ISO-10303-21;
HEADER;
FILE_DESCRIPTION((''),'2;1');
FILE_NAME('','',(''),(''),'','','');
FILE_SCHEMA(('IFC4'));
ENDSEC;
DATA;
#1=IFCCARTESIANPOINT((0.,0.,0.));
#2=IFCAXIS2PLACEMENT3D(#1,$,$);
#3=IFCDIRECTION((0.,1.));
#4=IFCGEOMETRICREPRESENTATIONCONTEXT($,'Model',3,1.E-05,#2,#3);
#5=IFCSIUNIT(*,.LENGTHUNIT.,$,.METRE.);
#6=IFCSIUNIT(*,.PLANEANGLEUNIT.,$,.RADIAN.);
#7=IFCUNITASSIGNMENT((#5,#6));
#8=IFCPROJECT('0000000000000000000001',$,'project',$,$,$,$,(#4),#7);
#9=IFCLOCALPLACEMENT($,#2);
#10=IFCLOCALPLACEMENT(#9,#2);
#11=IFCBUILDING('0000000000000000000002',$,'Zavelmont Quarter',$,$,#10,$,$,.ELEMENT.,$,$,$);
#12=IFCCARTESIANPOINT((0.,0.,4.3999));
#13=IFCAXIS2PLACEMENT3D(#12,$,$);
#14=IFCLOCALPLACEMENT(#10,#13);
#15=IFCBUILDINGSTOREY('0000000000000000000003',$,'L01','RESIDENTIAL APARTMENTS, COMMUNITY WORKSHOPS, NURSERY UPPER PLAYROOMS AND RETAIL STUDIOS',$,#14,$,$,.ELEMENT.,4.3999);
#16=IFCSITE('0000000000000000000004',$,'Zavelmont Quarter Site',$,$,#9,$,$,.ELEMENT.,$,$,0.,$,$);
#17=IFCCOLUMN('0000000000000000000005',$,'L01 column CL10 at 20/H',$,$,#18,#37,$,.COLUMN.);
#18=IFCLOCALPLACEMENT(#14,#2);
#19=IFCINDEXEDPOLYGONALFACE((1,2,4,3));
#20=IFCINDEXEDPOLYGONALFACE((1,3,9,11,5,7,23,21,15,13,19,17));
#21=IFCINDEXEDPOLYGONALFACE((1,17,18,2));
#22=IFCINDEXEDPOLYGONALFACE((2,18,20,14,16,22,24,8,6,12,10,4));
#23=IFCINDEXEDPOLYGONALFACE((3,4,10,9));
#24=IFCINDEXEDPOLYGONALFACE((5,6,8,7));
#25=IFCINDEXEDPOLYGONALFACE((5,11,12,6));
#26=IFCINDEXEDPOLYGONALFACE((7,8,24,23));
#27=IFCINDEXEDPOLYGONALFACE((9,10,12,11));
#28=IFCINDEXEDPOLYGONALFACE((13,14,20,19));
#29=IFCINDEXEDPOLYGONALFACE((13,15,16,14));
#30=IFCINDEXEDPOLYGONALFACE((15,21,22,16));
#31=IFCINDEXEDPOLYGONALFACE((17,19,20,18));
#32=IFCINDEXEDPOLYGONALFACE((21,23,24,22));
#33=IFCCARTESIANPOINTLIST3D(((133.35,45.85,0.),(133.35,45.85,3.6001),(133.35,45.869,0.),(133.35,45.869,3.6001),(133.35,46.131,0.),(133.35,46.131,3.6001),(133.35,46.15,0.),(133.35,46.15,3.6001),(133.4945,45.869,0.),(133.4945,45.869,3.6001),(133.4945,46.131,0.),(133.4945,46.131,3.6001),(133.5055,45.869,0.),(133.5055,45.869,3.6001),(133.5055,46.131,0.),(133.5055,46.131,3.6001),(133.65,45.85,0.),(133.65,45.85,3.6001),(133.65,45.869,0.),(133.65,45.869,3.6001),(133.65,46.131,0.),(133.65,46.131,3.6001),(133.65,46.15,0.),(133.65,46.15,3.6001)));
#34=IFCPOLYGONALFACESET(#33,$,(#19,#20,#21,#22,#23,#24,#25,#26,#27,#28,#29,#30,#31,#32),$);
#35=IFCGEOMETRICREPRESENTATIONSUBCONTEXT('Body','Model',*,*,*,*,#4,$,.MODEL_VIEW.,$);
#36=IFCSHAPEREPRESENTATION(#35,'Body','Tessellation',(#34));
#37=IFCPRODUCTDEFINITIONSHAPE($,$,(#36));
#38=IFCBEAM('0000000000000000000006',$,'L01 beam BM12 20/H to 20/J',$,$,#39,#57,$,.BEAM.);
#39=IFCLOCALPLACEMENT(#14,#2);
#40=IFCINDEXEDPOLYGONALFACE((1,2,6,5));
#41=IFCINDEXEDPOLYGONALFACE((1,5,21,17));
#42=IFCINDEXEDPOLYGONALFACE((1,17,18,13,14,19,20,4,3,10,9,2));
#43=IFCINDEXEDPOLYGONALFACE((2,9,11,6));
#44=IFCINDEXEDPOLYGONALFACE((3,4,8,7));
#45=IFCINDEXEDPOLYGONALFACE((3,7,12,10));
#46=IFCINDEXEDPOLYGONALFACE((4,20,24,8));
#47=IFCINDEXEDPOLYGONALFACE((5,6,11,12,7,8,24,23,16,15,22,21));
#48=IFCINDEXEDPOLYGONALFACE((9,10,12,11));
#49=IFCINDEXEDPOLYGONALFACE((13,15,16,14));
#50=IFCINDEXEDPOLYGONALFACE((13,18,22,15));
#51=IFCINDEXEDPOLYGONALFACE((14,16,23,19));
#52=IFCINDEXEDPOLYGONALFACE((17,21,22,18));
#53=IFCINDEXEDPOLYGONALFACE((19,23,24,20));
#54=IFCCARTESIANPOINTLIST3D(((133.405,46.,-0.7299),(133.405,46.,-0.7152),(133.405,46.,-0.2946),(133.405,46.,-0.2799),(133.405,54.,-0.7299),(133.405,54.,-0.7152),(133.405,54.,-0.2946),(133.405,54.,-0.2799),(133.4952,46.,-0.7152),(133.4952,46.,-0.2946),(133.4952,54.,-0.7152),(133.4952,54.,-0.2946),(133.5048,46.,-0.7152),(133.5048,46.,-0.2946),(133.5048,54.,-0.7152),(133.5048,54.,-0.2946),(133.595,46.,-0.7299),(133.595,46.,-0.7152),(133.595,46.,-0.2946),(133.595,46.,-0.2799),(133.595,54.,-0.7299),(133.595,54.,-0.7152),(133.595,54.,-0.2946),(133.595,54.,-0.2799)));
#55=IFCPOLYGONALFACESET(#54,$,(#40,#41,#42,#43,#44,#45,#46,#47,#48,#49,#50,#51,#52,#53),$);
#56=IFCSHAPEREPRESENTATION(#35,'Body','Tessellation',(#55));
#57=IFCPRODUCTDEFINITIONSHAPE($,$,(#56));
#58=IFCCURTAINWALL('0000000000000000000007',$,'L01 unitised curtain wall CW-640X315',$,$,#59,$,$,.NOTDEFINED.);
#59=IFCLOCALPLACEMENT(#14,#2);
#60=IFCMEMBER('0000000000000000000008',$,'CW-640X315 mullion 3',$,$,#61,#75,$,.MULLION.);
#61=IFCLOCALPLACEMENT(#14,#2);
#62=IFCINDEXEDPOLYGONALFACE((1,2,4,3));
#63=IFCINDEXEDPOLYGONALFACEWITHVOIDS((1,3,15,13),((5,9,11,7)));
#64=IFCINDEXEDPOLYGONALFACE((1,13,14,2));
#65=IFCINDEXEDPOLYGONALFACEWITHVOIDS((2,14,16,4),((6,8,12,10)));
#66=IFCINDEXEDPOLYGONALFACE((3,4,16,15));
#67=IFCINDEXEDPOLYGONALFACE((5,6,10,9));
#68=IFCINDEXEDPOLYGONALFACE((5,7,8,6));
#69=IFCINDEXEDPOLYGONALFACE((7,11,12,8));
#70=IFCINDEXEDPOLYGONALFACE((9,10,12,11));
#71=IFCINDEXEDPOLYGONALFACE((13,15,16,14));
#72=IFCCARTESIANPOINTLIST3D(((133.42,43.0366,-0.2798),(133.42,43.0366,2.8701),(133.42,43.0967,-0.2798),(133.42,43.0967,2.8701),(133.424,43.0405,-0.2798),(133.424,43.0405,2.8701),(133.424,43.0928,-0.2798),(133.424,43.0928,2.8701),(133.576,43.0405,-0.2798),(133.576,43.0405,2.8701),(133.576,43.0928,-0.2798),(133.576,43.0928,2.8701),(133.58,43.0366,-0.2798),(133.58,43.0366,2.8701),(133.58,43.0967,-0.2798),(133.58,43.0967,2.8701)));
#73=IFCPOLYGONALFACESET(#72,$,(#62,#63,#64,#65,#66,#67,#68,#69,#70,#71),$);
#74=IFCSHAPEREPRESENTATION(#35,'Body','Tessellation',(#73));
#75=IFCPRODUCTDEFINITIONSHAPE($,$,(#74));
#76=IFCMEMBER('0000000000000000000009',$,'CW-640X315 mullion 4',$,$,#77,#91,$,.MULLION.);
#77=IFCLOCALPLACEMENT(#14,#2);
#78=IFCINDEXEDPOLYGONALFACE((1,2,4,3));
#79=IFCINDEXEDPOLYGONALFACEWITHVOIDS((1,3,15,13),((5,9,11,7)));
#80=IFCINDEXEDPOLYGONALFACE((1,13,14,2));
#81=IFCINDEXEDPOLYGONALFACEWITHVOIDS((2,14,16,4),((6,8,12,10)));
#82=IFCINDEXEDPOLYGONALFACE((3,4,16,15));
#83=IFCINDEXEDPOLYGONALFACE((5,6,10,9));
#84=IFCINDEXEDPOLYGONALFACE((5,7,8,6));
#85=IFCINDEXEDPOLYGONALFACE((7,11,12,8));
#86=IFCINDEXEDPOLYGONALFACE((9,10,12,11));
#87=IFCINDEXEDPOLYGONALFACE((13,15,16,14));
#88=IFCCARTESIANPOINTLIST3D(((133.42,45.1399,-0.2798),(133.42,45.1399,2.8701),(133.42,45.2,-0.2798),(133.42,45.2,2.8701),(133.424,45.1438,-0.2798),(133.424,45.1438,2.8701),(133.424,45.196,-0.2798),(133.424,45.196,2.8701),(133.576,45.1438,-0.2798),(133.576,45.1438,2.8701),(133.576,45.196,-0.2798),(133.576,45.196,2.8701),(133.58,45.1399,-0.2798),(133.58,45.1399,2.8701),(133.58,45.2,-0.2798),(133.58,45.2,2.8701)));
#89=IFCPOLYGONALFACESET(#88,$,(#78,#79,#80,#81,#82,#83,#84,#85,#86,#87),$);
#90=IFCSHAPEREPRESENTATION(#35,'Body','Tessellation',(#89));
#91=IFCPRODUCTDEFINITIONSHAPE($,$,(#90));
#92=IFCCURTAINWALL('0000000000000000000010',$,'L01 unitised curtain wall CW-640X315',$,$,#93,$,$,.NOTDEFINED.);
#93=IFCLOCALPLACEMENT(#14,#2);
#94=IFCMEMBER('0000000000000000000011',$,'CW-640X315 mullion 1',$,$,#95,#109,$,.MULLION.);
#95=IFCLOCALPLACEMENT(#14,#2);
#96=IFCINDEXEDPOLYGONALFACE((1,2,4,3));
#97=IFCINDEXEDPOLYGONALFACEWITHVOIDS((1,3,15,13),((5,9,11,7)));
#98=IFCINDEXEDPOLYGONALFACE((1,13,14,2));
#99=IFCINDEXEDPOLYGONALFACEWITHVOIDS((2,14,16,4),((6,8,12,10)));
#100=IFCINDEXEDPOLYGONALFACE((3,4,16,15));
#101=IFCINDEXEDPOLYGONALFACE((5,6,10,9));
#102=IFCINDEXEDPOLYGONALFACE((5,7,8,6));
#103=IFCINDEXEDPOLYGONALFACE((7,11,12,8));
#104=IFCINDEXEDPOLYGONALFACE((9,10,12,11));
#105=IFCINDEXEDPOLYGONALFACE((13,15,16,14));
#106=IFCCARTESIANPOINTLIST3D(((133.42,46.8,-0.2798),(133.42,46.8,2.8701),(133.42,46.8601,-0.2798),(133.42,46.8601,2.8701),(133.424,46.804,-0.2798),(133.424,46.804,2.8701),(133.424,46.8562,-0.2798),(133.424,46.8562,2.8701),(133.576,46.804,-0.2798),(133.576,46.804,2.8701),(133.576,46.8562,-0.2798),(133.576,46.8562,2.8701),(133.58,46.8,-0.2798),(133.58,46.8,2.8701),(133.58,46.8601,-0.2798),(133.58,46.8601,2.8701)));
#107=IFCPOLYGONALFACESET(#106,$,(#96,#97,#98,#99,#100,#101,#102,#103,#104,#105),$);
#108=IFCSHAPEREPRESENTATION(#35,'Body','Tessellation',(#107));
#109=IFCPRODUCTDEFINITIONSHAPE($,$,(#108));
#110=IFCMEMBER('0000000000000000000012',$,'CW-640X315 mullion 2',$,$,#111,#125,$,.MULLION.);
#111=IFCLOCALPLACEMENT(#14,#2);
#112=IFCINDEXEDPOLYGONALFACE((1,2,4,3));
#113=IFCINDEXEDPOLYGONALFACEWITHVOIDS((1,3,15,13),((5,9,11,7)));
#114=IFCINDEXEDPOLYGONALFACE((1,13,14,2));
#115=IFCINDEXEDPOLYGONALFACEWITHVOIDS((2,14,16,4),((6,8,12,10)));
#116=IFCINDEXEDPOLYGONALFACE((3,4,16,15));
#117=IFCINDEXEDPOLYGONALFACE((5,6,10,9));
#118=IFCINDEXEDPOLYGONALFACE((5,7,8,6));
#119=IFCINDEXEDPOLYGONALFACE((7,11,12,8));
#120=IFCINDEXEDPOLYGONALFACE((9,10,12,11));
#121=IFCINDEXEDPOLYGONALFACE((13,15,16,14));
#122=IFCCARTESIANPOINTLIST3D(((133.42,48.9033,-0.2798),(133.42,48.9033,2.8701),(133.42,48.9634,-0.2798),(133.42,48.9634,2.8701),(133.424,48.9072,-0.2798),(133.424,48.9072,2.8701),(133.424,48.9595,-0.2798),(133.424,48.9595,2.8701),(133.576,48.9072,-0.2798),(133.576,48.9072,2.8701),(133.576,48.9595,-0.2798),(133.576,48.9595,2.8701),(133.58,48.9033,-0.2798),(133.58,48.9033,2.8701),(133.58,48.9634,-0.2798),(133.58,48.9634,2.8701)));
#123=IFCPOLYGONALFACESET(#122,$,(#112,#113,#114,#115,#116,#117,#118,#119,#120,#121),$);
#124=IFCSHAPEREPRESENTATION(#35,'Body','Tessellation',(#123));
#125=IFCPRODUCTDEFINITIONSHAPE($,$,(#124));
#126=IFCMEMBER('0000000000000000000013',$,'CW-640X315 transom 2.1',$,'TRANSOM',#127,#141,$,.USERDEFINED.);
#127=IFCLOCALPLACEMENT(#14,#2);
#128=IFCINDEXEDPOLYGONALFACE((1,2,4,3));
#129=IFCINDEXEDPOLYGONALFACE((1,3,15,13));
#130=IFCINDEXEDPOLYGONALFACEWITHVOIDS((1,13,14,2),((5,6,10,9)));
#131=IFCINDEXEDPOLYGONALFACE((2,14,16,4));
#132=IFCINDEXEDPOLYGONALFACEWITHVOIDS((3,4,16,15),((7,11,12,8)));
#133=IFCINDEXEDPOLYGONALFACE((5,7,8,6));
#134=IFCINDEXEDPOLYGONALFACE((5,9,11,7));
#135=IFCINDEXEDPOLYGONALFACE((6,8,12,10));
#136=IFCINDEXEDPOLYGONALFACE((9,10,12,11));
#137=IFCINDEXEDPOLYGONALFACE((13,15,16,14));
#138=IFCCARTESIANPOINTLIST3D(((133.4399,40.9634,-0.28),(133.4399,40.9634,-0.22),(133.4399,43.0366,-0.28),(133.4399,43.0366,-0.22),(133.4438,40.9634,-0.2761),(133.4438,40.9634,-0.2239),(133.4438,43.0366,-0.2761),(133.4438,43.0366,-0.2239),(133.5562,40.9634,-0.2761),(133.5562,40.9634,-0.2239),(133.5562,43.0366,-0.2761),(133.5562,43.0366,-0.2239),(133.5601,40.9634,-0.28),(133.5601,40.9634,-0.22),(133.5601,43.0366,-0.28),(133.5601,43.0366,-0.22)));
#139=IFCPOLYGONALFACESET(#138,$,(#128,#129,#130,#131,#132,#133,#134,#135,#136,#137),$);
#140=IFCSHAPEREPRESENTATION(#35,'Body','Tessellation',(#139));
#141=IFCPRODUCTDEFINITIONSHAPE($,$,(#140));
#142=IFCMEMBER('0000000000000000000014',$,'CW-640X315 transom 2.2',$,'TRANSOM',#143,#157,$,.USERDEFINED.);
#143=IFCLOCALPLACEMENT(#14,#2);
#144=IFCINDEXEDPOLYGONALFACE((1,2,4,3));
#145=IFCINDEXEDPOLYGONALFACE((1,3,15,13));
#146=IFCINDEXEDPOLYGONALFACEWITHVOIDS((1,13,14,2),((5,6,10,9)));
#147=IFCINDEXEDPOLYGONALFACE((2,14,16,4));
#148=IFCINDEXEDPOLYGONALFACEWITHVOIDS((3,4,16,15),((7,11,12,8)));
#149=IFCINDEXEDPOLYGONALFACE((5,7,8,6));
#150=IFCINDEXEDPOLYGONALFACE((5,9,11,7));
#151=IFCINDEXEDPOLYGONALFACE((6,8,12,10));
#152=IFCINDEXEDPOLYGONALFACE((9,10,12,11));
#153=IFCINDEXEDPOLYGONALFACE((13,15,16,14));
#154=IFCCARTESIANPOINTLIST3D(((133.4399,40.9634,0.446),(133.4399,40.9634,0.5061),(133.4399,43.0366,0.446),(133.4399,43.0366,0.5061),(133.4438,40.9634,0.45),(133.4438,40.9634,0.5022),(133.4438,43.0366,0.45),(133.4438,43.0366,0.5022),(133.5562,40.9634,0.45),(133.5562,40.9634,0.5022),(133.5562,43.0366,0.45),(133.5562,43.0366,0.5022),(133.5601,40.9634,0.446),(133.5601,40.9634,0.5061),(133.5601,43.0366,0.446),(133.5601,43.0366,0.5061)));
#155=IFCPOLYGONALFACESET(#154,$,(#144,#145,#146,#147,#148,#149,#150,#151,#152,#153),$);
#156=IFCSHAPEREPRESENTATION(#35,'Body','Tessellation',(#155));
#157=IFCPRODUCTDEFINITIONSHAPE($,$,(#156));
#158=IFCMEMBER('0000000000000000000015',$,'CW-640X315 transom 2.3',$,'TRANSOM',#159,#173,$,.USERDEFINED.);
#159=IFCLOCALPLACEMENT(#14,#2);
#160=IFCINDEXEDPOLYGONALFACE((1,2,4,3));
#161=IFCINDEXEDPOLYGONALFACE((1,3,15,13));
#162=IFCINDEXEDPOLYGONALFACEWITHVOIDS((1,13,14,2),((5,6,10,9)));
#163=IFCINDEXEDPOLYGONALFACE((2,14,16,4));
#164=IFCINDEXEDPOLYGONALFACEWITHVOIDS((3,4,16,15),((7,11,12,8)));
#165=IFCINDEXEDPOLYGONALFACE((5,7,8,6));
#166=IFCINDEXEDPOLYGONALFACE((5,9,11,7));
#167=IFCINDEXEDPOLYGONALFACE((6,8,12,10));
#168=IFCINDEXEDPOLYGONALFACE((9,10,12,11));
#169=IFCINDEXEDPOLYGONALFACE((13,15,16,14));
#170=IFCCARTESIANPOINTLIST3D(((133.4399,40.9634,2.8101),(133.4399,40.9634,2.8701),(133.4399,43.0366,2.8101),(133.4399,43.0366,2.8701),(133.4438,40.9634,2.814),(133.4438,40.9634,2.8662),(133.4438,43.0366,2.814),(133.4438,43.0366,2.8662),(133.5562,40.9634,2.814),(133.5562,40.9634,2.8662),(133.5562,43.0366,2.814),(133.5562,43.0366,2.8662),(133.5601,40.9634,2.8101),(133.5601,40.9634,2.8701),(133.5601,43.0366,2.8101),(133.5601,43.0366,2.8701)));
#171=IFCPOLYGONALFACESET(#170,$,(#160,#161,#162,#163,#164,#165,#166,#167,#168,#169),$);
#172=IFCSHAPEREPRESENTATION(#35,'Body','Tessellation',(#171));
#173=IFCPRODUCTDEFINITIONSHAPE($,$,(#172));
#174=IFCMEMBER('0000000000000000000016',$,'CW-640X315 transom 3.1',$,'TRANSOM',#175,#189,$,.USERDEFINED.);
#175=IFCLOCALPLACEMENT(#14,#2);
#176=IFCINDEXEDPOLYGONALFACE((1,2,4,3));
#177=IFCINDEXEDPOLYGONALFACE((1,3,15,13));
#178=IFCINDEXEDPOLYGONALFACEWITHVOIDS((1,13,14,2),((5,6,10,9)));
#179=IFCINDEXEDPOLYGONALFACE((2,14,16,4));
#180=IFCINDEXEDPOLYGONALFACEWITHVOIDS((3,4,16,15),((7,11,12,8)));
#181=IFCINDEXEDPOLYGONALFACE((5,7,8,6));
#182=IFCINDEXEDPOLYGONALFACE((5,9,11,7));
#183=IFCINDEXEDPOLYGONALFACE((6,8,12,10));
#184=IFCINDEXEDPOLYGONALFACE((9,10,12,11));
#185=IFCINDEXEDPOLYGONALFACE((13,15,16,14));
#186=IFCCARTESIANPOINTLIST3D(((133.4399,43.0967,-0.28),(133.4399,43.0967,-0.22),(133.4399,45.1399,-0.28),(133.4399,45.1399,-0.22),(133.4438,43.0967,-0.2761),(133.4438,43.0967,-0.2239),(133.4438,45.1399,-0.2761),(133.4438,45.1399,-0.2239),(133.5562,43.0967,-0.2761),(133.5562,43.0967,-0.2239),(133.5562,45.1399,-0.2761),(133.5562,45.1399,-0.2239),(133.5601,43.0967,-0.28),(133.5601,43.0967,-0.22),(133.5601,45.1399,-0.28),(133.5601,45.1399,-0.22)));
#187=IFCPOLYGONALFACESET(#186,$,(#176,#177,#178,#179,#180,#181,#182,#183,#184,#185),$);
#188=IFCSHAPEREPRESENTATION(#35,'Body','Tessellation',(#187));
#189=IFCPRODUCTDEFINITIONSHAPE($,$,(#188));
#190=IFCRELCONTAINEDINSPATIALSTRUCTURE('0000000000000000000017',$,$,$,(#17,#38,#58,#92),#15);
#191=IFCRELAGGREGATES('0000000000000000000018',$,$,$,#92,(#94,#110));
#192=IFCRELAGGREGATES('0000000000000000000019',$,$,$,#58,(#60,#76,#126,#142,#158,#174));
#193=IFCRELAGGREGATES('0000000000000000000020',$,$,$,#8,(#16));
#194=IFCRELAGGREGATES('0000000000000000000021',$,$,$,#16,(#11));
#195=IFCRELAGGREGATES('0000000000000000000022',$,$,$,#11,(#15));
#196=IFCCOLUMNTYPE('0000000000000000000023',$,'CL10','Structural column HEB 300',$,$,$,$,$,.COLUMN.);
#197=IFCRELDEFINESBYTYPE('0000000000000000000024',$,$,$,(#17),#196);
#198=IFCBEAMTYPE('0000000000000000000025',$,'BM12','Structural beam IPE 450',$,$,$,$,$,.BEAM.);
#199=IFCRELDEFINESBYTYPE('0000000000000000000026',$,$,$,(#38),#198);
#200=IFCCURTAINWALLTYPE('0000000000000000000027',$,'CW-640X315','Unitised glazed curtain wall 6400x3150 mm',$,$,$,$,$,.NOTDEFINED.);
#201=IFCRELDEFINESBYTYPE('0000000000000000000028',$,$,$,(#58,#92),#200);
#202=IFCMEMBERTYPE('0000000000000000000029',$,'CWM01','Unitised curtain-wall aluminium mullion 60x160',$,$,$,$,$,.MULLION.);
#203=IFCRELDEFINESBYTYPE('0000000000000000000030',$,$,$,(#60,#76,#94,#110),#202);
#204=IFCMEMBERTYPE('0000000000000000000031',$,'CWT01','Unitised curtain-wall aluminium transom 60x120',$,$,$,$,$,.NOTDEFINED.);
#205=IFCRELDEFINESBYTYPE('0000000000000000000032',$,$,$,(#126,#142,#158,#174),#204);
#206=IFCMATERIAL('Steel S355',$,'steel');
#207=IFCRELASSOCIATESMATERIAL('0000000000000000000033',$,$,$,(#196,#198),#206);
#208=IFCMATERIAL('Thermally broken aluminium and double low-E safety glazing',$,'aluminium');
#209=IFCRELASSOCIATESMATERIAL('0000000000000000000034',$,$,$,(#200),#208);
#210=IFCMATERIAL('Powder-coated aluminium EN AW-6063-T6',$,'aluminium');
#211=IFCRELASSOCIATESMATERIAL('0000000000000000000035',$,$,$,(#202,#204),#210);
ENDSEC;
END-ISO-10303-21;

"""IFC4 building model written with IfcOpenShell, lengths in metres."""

from ifc_helpers import new_model, si_unit, direction, frame, origin, origin_2d, place, context, subcontext, project, spatial, hollow_rectangle, i_section, extrude, material, material_profile, profile_set, type_object, element, aggregate, save


model = new_model("IFC4")

# Units and contexts
model_context = context("Model", 3, precision=1e-05, world=origin(), true_north=direction((0.0, 1.0)))
body_context = subcontext(model_context, "Body", "Model", "MODEL_VIEW")
ifc_project = project(units=[si_unit("LENGTHUNIT", "METRE"), si_unit("PLANEANGLEUNIT", "RADIAN")], contexts=[model_context])

# Site, building, storey
site_placement = place(None, origin())
site = spatial("IfcSite", under=ifc_project, at=site_placement, Name="Zavelmont Quarter Site", CompositionType="ELEMENT", RefElevation=0.0)
building_placement = place(site_placement, origin())
building = spatial("IfcBuilding", under=site, at=building_placement, Name="Zavelmont Quarter", CompositionType="ELEMENT")
storey_placement = place(building_placement, frame((0.0, 0.0, 4.3999)))
storey = spatial("IfcBuildingStorey", under=building, at=storey_placement, Name="L01", Description="RESIDENTIAL APARTMENTS, COMMUNITY WORKSHOPS, NURSERY UPPER PLAYROOMS AND RETAIL STUDIOS", CompositionType="ELEMENT", Elevation=4.3999)

# Column
ifc_material_1 = material(Name="Steel S355", Category="steel")
ifc_material_profile_1 = material_profile(ifc_material_1, i_section(OverallWidth=0.3, OverallDepth=0.3, WebThickness=0.011, FlangeThickness=0.019, at=origin_2d()), Name="HEB 300")
ifc_profile_set_1 = profile_set([ifc_material_profile_1], Name="Steel S355")
column_type = type_object("IfcColumnType", Name="CL10", Description="Structural column HEB 300", PredefinedType="COLUMN", material=ifc_profile_set_1)
column_placement = place(storey_placement, frame((133.5, 46.0, 0.0), z_axis=(0.0, 0.0, 1.0), x_axis=(1.0, 0.0, 0.0)))
element("IfcColumn", 1, at=column_placement, inside=storey, type_object=column_type, Name="L01 column CL10 at 20/H", PredefinedType="COLUMN", context=body_context, shape_type="SweptSolid", body=[
    extrude(i_section(OverallWidth=0.3, OverallDepth=0.3, WebThickness=0.011, FlangeThickness=0.019, at=origin_2d()), origin(), (0.0, 0.0, 1.0), 3.6001),
])

# Beam
ifc_material_profile_2 = material_profile(ifc_material_1, i_section(OverallWidth=0.1899, OverallDepth=0.45, WebThickness=0.0095, FlangeThickness=0.0146, at=origin_2d()), Name="IPE 450")
ifc_profile_set_2 = profile_set([ifc_material_profile_2], Name="Steel S355")
beam_type = type_object("IfcBeamType", Name="BM12", Description="Structural beam IPE 450", PredefinedType="BEAM", material=ifc_profile_set_2)
beam_placement = place(storey_placement, frame((133.5, 46.0, -0.5049), z_axis=(0.0, 1.0, 0.0), x_axis=(-1.0, 0.0, 0.0)))
element("IfcBeam", 2, at=beam_placement, inside=storey, type_object=beam_type, Name="L01 beam BM12 20/H to 20/J", PredefinedType="BEAM", context=body_context, shape_type="SweptSolid", body=[
    extrude(i_section(OverallWidth=0.1899, OverallDepth=0.45, WebThickness=0.0095, FlangeThickness=0.0146, at=origin_2d()), origin(), (0.0, 0.0, 1.0), 8.0),
])

# Curtain walls, members
ifc_material_2 = material(Name="Thermally broken aluminium and double low-E safety glazing", Category="aluminium")
curtain_wall_type = type_object("IfcCurtainWallType", Name="CW-640X315", Description="Unitised glazed curtain wall 6400x3150 mm", PredefinedType="NOTDEFINED", material=ifc_material_2)
curtain_wall_1_placement = place(storey_placement, origin())
curtain_wall_1 = element("IfcCurtainWall", 3, at=curtain_wall_1_placement, inside=storey, type_object=curtain_wall_type, Name="L01 unitised curtain wall CW-640X315", PredefinedType="NOTDEFINED")
ifc_material_3 = material(Name="Powder-coated aluminium EN AW-6063-T6", Category="aluminium")
ifc_material_profile_3 = material_profile(ifc_material_3, hollow_rectangle(XDim=0.0601, YDim=0.1599, WallThickness=0.0039, at=origin_2d()), Name="CWM60X160")
ifc_profile_set_3 = profile_set([ifc_material_profile_3], Name="Powder-coated aluminium EN AW-6063-T6")
member_type_1 = type_object("IfcMemberType", Name="CWM01", Description="Unitised curtain-wall aluminium mullion 60x160", PredefinedType="MULLION", material=ifc_profile_set_3)
member_1_placement = place(storey_placement, frame((133.5, 43.0667, -0.2798), z_axis=(0.0, 0.0, 1.0), x_axis=(0.0, 1.0, 0.0)))
member_1 = element("IfcMember", 4, at=member_1_placement, type_object=member_type_1, Name="CW-640X315 mullion 3", PredefinedType="MULLION", context=body_context, shape_type="SweptSolid", body=[
    extrude(hollow_rectangle(XDim=0.0601, YDim=0.1599, WallThickness=0.0039, at=origin_2d()), origin(), (0.0, 0.0, 1.0), 3.1499),
])
member_2_placement = place(storey_placement, frame((133.5, 45.1699, -0.2798), z_axis=(0.0, 0.0, 1.0), x_axis=(0.0, 1.0, 0.0)))
member_2 = element("IfcMember", 5, at=member_2_placement, type_object=member_type_1, Name="CW-640X315 mullion 4", PredefinedType="MULLION", context=body_context, shape_type="SweptSolid", body=[
    extrude(hollow_rectangle(XDim=0.0601, YDim=0.1599, WallThickness=0.0039, at=origin_2d()), origin(), (0.0, 0.0, 1.0), 3.1499),
])
curtain_wall_2_placement = place(storey_placement, origin())
curtain_wall_2 = element("IfcCurtainWall", 6, at=curtain_wall_2_placement, inside=storey, type_object=curtain_wall_type, Name="L01 unitised curtain wall CW-640X315", PredefinedType="NOTDEFINED")
member_3_placement = place(storey_placement, frame((133.5, 46.8301, -0.2798), z_axis=(0.0, 0.0, 1.0), x_axis=(0.0, 1.0, 0.0)))
member_3 = element("IfcMember", 7, at=member_3_placement, type_object=member_type_1, Name="CW-640X315 mullion 1", PredefinedType="MULLION", context=body_context, shape_type="SweptSolid", body=[
    extrude(hollow_rectangle(XDim=0.0601, YDim=0.1599, WallThickness=0.0039, at=origin_2d()), origin(), (0.0, 0.0, 1.0), 3.1499),
])
member_4_placement = place(storey_placement, frame((133.5, 48.9333, -0.2798), z_axis=(0.0, 0.0, 1.0), x_axis=(0.0, 1.0, 0.0)))
member_4 = element("IfcMember", 8, at=member_4_placement, type_object=member_type_1, Name="CW-640X315 mullion 2", PredefinedType="MULLION", context=body_context, shape_type="SweptSolid", body=[
    extrude(hollow_rectangle(XDim=0.0601, YDim=0.1599, WallThickness=0.0039, at=origin_2d()), origin(), (0.0, 0.0, 1.0), 3.1499),
])

# Members
ifc_material_profile_4 = material_profile(ifc_material_3, hollow_rectangle(XDim=0.1201, YDim=0.0601, WallThickness=0.0039, at=origin_2d()), Name="CWT60X120")
ifc_profile_set_4 = profile_set([ifc_material_profile_4], Name="Powder-coated aluminium EN AW-6063-T6")
member_type_2 = type_object("IfcMemberType", Name="CWT01", Description="Unitised curtain-wall aluminium transom 60x120", PredefinedType="NOTDEFINED", material=ifc_profile_set_4)
member_5_placement = place(storey_placement, frame((133.5, 40.9634, -0.25), z_axis=(0.0, 1.0, 0.0), x_axis=(-1.0, 0.0, 0.0)))
member_5 = element("IfcMember", 9, at=member_5_placement, type_object=member_type_2, Name="CW-640X315 transom 2.1", ObjectType="TRANSOM", PredefinedType="USERDEFINED", context=body_context, shape_type="SweptSolid", body=[
    extrude(hollow_rectangle(XDim=0.1201, YDim=0.0601, WallThickness=0.0039, at=origin_2d()), origin(), (0.0, 0.0, 1.0), 2.0732),
])
member_6_placement = place(storey_placement, frame((133.5, 40.9634, 0.4761), z_axis=(0.0, 1.0, 0.0), x_axis=(-1.0, 0.0, 0.0)))
member_6 = element("IfcMember", 10, at=member_6_placement, type_object=member_type_2, Name="CW-640X315 transom 2.2", ObjectType="TRANSOM", PredefinedType="USERDEFINED", context=body_context, shape_type="SweptSolid", body=[
    extrude(hollow_rectangle(XDim=0.1201, YDim=0.0601, WallThickness=0.0039, at=origin_2d()), origin(), (0.0, 0.0, 1.0), 2.0732),
])
member_7_placement = place(storey_placement, frame((133.5, 40.9634, 2.8401), z_axis=(0.0, 1.0, 0.0), x_axis=(-1.0, 0.0, 0.0)))
member_7 = element("IfcMember", 11, at=member_7_placement, type_object=member_type_2, Name="CW-640X315 transom 2.3", ObjectType="TRANSOM", PredefinedType="USERDEFINED", context=body_context, shape_type="SweptSolid", body=[
    extrude(hollow_rectangle(XDim=0.1201, YDim=0.0601, WallThickness=0.0039, at=origin_2d()), origin(), (0.0, 0.0, 1.0), 2.0732),
])
member_8_placement = place(storey_placement, frame((133.5, 43.0967, -0.25), z_axis=(0.0, 1.0, 0.0), x_axis=(-1.0, 0.0, 0.0)))
member_8 = element("IfcMember", 12, at=member_8_placement, type_object=member_type_2, Name="CW-640X315 transom 3.1", ObjectType="TRANSOM", PredefinedType="USERDEFINED", context=body_context, shape_type="SweptSolid", body=[
    extrude(hollow_rectangle(XDim=0.1201, YDim=0.0601, WallThickness=0.0039, at=origin_2d()), origin(), (0.0, 0.0, 1.0), 2.0432),
])

aggregate(curtain_wall_2, [member_3, member_4])
aggregate(curtain_wall_1, [member_1, member_2, member_5, member_6, member_7, member_8])

save(model, "model.ifc")
